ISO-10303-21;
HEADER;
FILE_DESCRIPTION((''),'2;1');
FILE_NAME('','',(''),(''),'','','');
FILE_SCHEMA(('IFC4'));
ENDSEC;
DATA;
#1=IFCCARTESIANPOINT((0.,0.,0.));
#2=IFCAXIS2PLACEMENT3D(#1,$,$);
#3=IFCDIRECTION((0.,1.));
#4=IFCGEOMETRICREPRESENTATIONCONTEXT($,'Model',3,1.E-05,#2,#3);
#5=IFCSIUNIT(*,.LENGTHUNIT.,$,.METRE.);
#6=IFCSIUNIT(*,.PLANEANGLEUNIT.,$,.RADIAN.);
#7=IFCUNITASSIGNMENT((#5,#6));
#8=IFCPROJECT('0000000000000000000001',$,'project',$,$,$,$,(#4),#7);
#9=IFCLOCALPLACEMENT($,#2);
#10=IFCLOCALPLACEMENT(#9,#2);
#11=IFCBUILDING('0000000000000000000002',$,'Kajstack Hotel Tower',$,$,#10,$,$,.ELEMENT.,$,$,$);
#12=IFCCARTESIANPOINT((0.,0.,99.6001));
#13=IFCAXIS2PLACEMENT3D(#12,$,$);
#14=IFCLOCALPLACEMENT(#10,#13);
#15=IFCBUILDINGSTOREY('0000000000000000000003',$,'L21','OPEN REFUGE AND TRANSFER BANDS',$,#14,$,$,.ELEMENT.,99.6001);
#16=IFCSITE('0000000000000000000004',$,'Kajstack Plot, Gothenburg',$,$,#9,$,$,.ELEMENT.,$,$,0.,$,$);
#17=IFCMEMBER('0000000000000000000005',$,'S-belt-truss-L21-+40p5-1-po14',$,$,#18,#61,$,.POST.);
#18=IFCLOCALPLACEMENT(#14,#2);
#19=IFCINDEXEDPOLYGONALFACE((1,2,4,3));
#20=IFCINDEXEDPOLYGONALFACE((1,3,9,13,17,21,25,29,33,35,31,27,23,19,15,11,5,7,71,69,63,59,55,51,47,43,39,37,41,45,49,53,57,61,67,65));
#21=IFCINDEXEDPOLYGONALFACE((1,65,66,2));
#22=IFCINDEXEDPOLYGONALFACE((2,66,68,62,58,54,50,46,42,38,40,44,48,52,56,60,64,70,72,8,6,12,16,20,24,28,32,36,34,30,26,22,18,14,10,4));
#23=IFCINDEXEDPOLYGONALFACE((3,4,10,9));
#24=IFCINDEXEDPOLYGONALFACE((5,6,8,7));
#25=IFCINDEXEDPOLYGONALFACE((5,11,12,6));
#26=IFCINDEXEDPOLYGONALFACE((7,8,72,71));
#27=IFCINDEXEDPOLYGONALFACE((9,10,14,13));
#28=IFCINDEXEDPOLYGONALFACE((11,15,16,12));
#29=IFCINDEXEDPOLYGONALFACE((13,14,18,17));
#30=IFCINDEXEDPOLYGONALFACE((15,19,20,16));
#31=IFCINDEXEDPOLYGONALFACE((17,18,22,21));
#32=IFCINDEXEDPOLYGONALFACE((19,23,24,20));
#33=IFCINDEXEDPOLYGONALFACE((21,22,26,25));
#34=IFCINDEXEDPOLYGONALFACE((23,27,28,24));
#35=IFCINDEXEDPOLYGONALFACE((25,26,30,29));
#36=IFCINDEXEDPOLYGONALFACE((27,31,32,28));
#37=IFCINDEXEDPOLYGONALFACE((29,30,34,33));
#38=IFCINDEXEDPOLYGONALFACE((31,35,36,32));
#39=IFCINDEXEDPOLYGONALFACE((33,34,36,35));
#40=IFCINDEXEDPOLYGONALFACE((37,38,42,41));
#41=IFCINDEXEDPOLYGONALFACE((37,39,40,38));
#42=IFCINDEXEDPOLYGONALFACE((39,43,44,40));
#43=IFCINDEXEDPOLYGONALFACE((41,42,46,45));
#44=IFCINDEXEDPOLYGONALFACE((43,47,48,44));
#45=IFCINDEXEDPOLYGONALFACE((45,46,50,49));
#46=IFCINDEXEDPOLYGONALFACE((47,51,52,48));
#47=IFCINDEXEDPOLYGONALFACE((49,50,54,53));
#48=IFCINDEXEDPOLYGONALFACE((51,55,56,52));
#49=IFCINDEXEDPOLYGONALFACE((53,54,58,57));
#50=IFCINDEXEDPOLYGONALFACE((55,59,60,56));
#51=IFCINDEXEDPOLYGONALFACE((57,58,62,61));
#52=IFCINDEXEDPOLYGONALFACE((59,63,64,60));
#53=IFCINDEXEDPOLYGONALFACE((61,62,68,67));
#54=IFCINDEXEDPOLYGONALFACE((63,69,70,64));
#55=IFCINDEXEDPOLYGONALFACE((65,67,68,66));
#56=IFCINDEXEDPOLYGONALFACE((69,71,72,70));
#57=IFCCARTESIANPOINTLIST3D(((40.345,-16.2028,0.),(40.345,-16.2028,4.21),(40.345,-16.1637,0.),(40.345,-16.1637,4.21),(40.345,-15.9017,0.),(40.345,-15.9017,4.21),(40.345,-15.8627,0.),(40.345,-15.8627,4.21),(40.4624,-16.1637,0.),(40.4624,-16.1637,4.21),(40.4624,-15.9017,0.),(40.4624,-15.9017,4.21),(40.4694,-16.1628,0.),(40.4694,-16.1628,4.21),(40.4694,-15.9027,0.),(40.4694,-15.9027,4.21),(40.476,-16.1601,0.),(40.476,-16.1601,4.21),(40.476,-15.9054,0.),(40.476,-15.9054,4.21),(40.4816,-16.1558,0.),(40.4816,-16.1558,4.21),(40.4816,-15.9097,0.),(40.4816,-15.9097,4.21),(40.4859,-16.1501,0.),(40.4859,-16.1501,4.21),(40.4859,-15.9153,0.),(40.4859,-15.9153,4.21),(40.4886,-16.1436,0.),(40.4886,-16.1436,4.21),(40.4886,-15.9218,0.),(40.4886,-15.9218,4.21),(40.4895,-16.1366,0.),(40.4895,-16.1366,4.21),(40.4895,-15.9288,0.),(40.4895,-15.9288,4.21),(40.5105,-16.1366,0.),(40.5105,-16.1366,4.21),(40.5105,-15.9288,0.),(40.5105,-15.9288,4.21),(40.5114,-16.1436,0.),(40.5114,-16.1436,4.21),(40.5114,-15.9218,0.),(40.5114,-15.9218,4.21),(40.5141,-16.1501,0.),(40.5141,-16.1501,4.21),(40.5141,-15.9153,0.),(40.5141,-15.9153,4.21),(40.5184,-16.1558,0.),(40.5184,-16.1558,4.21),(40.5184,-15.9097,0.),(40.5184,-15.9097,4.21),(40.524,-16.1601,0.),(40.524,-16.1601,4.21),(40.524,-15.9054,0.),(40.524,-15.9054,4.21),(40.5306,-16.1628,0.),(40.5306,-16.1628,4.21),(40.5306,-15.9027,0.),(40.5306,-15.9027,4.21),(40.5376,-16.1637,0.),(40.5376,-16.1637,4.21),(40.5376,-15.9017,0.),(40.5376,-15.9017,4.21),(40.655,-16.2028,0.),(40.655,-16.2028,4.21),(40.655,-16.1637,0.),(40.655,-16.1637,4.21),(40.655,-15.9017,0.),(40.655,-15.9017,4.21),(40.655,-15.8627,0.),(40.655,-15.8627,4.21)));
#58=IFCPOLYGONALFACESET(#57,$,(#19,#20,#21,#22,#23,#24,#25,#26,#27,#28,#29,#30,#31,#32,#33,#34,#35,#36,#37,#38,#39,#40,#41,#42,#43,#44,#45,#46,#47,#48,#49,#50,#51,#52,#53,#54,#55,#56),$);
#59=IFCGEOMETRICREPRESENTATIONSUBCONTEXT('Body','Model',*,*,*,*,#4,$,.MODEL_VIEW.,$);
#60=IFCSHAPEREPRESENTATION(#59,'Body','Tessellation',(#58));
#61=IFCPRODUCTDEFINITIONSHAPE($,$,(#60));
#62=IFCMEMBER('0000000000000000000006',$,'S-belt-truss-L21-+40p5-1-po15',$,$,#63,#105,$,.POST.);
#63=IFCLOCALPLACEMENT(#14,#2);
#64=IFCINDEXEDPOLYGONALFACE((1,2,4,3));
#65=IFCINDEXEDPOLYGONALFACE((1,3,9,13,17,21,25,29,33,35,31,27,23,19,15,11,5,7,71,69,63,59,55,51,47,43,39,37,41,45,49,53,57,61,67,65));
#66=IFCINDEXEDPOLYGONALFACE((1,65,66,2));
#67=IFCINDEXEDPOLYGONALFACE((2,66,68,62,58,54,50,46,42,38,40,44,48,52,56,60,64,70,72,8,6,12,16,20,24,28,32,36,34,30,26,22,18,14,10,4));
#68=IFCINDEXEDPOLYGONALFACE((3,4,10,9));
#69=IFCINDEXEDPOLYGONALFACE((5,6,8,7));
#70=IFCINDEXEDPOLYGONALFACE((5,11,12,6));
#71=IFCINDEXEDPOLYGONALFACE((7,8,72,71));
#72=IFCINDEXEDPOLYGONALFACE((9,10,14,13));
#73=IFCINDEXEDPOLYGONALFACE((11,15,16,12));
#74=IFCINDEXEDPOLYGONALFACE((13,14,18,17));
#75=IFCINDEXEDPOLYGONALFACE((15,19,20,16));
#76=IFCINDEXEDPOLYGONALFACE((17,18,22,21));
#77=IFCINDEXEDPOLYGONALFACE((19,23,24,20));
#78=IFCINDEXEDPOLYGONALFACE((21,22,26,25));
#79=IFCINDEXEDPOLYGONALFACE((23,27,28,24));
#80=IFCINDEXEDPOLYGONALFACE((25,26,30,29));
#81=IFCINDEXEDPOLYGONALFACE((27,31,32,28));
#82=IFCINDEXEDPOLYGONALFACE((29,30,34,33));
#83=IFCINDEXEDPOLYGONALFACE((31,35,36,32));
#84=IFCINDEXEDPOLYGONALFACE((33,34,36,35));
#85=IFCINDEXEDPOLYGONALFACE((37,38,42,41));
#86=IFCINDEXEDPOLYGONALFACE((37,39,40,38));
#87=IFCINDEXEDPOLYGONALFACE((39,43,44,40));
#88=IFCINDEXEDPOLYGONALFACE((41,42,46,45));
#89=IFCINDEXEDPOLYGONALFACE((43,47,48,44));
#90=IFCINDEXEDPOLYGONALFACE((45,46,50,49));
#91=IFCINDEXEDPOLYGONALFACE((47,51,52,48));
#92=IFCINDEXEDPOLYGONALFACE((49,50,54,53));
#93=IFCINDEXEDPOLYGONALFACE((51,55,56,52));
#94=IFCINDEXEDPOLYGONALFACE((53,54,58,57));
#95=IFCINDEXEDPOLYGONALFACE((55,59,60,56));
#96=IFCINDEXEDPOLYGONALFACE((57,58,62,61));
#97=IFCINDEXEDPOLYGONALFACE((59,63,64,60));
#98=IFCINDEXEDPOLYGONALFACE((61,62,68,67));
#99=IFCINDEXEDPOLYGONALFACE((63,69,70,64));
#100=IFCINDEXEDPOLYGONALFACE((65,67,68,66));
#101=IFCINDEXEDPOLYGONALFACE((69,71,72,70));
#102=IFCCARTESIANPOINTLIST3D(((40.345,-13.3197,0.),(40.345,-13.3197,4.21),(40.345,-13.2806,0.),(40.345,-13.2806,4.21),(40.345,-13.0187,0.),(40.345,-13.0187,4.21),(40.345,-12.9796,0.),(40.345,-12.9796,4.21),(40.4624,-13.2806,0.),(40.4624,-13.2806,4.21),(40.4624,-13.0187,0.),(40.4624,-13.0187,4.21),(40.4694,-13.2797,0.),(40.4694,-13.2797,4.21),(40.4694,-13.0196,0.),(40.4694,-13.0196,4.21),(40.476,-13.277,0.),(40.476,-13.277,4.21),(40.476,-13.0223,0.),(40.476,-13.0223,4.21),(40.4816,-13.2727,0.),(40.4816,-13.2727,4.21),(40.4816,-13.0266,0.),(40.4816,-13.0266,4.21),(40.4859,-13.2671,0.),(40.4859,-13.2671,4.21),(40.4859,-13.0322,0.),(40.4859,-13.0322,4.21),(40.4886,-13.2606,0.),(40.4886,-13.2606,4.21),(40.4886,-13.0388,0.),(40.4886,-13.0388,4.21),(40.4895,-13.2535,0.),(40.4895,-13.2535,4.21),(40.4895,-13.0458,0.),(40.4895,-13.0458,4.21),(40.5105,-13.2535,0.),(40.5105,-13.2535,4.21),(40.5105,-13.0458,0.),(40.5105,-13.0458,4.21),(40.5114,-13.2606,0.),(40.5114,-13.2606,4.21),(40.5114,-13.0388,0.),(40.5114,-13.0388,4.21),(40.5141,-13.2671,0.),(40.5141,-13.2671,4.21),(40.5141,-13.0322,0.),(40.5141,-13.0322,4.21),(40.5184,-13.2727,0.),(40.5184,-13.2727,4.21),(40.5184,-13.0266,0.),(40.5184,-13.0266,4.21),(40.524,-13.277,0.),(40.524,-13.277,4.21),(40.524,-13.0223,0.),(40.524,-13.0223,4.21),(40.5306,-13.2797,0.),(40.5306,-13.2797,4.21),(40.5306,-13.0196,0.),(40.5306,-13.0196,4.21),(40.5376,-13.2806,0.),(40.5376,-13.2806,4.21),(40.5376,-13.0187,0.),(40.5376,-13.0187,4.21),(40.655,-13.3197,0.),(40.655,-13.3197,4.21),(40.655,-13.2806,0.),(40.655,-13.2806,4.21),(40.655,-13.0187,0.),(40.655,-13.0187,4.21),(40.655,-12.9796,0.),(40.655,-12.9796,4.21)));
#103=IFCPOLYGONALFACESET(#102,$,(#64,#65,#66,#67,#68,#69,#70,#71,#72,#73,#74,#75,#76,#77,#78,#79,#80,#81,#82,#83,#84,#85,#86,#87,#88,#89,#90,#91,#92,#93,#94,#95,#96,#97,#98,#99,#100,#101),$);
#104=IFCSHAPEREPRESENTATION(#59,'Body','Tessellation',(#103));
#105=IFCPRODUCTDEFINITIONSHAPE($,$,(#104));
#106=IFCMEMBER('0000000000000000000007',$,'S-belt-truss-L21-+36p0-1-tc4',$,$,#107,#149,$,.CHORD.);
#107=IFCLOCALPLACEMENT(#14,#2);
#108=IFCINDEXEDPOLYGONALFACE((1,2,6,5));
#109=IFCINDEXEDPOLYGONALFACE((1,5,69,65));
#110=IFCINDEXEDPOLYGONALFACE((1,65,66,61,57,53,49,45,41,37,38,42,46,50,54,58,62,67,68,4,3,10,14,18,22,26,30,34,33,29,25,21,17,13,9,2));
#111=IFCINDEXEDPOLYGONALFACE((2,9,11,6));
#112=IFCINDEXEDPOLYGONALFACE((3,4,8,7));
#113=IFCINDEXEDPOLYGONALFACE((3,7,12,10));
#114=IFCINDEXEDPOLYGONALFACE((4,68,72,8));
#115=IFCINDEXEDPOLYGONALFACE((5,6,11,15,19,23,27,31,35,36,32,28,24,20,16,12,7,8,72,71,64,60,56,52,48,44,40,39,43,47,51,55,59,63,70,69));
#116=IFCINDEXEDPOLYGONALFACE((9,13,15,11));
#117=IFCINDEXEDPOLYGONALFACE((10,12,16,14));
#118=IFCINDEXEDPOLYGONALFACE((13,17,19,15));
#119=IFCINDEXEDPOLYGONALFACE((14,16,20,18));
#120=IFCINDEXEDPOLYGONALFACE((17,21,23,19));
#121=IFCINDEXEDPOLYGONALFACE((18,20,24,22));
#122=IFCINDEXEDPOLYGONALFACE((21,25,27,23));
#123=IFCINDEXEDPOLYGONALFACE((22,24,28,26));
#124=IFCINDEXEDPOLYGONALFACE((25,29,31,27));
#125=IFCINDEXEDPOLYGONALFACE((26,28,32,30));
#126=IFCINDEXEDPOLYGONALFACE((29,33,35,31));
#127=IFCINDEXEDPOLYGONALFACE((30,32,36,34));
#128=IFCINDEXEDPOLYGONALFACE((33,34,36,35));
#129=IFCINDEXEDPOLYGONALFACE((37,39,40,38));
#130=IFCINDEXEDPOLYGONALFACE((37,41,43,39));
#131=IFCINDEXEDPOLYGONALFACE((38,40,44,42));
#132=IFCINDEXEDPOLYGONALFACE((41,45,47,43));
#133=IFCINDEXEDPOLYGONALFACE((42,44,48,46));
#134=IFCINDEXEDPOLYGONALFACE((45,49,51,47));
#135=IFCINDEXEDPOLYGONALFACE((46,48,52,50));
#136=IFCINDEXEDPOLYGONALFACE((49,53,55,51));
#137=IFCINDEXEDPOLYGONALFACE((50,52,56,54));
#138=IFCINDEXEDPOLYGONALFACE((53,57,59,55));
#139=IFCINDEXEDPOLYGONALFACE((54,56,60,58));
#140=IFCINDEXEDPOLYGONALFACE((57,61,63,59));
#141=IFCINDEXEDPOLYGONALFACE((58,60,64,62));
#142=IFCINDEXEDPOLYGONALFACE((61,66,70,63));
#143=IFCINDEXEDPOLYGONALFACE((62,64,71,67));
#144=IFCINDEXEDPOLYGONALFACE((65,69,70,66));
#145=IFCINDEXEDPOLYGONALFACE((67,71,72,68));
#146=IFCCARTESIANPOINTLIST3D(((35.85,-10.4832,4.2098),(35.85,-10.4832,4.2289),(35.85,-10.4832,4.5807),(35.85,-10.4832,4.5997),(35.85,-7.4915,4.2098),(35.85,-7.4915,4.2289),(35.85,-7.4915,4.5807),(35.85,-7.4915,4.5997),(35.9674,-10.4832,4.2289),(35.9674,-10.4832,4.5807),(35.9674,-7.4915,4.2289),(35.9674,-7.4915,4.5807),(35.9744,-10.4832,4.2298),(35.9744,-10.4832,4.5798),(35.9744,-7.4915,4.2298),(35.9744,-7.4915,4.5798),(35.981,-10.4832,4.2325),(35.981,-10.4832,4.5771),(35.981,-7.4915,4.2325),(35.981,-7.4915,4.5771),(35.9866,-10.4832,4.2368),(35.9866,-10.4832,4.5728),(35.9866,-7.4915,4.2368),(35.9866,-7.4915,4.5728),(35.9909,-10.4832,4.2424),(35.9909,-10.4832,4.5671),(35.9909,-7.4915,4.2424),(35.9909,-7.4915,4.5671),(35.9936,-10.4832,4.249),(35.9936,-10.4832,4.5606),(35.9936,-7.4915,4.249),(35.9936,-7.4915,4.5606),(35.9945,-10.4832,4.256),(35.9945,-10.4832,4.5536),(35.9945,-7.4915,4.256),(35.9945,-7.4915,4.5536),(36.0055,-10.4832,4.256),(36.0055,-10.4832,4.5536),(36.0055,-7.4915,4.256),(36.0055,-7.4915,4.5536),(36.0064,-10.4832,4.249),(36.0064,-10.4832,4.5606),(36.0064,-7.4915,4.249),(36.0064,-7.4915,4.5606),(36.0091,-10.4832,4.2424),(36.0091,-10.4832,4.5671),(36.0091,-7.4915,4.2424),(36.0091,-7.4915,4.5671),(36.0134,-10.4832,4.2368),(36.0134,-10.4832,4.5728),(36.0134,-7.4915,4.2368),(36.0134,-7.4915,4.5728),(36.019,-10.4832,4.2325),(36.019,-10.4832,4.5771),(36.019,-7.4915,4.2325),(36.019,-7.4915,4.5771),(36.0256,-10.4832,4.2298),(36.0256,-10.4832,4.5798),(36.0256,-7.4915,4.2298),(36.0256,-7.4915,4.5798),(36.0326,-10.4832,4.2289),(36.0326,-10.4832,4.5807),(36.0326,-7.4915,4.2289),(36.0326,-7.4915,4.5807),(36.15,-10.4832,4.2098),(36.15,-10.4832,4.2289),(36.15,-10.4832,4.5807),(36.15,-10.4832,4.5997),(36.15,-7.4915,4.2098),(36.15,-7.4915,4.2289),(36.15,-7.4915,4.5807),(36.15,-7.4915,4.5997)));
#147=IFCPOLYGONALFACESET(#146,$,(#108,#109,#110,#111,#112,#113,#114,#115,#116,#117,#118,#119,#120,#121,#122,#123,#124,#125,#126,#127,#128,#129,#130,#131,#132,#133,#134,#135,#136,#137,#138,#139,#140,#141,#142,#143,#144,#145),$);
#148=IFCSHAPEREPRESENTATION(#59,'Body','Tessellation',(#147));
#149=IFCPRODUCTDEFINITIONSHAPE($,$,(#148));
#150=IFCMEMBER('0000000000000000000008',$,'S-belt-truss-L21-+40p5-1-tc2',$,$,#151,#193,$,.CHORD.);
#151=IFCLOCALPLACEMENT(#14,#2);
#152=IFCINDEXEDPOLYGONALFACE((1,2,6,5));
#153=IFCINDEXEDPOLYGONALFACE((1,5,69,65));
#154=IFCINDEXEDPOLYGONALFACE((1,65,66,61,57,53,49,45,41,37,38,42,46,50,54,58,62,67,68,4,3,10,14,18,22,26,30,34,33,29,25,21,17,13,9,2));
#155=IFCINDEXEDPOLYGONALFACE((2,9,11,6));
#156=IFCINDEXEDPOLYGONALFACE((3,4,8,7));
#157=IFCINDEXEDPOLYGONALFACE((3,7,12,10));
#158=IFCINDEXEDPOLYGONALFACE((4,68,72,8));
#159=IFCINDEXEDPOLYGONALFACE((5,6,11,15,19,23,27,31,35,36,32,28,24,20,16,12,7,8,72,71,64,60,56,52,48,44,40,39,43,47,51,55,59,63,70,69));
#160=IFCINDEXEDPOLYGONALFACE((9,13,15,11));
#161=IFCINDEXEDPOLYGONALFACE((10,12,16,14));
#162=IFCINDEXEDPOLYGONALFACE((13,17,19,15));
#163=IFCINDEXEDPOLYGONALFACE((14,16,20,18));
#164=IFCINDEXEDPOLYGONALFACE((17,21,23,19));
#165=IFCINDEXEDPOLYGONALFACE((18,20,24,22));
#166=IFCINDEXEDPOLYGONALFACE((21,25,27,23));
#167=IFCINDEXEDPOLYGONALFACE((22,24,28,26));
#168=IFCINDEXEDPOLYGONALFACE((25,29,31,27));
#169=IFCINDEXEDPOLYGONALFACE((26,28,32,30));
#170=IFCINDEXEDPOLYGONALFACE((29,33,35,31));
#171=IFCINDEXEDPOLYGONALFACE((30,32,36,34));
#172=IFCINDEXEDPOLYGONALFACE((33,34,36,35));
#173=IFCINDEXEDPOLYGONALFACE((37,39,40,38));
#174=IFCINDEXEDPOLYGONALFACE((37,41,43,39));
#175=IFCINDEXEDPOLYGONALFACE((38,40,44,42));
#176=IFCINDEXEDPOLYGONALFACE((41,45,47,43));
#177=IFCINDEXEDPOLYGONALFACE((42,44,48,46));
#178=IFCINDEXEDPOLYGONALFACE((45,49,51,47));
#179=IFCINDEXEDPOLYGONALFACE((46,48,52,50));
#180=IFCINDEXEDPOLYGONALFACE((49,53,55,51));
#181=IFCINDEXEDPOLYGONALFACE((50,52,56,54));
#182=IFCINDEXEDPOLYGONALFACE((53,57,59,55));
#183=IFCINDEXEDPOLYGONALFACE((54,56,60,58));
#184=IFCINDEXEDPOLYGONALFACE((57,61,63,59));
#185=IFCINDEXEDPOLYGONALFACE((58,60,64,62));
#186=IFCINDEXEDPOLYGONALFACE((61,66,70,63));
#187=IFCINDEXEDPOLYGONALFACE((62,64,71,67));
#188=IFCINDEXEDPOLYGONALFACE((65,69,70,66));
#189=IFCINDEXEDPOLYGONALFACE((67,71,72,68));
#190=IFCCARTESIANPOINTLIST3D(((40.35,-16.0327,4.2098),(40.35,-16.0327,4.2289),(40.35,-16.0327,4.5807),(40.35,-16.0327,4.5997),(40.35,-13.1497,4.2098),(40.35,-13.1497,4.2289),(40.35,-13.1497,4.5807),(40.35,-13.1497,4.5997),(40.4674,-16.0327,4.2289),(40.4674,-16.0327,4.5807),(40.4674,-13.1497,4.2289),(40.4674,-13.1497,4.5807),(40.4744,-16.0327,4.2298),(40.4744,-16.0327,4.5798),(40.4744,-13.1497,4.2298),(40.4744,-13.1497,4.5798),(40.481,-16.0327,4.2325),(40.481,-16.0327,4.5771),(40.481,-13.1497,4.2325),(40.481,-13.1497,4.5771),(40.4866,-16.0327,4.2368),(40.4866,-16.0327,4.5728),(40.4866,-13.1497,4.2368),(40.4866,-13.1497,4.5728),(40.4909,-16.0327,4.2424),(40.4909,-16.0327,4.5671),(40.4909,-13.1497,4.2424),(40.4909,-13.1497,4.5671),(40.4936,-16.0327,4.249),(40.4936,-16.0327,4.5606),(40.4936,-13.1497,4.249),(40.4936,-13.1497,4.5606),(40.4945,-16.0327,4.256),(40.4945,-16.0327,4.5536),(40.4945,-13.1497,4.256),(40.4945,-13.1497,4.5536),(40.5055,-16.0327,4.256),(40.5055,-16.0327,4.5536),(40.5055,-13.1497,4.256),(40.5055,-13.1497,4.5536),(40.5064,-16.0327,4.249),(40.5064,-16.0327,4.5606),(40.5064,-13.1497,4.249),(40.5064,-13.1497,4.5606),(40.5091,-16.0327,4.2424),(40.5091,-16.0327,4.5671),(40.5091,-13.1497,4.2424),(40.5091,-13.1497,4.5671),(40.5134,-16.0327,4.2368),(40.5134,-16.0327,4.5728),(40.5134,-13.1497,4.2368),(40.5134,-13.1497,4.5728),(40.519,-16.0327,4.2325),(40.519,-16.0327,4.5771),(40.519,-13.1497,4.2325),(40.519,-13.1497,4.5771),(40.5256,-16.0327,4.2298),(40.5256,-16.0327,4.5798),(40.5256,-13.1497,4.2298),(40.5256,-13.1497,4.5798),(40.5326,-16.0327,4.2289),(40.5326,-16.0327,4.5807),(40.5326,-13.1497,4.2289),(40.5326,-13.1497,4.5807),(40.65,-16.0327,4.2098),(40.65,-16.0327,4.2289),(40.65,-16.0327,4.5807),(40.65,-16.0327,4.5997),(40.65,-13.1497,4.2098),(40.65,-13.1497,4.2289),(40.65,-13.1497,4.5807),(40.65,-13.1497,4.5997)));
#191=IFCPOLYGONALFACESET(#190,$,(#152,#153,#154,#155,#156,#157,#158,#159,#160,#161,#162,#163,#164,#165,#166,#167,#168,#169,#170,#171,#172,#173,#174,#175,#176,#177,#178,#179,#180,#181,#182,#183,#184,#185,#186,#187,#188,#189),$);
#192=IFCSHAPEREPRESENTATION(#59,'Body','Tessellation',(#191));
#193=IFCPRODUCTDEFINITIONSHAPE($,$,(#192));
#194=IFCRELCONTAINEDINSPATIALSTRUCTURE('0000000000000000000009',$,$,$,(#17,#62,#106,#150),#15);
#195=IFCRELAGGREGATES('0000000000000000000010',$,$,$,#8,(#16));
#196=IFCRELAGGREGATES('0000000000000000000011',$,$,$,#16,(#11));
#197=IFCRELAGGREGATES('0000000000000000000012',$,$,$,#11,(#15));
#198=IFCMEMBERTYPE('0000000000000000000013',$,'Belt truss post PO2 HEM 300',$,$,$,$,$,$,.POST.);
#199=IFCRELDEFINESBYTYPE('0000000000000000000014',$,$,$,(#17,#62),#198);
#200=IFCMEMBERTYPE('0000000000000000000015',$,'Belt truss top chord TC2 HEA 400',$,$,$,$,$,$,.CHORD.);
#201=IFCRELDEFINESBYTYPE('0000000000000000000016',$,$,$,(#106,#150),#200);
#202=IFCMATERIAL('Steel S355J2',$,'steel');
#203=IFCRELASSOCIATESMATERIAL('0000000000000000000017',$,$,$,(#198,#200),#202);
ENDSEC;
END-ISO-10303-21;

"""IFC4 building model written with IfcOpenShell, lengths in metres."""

from ifc_helpers import new_model, si_unit, direction, frame, origin, origin_2d, place, context, subcontext, project, spatial, i_section, extrude, material, material_profile, profile_set, type_object, element, save


model = new_model("IFC4")

# Units and contexts
model_context = context("Model", 3, precision=1e-05, world=origin(), true_north=direction((0.0, 1.0)))
body_context = subcontext(model_context, "Body", "Model", "MODEL_VIEW")
ifc_project = project(units=[si_unit("LENGTHUNIT", "METRE"), si_unit("PLANEANGLEUNIT", "RADIAN")], contexts=[model_context])

# Site, building, storey
site_placement = place(None, origin())
site = spatial("IfcSite", under=ifc_project, at=site_placement, Name="Kajstack Plot, Gothenburg", CompositionType="ELEMENT", RefElevation=0.0)
building_placement = place(site_placement, origin())
building = spatial("IfcBuilding", under=site, at=building_placement, Name="Kajstack Hotel Tower", CompositionType="ELEMENT")
storey_placement = place(building_placement, frame((0.0, 0.0, 99.6001)))
storey = spatial("IfcBuildingStorey", under=building, at=storey_placement, Name="L21", Description="OPEN REFUGE AND TRANSFER BANDS", CompositionType="ELEMENT", Elevation=99.6001)

# Members
ifc_material = material(Name="Steel S355J2", Category="steel")
ifc_material_profile_1 = material_profile(ifc_material, i_section(OverallWidth=0.3101, OverallDepth=0.3401, WebThickness=0.021, FlangeThickness=0.0391, FilletRadius=0.0271, at=origin_2d()), Name="HEM 300")
ifc_profile_set_1 = profile_set([ifc_material_profile_1], Name="Steel S355J2")
member_type_1 = type_object("IfcMemberType", Name="Belt truss post PO2 HEM 300", PredefinedType="POST", material=ifc_profile_set_1)
for number, where, z_axis, x_axis, name in (
    (1, (40.5, -16.0327, 0.0), (0.0, 0.0, 1.0), (1.0, 0.0, 0.0), "S-belt-truss-L21-+40p5-1-po14"),
    (2, (40.5, -13.1497, 0.0), (0.0, 0.0, 1.0), (1.0, 0.0, 0.0), "S-belt-truss-L21-+40p5-1-po15"),
):
    element("IfcMember", number, at=place(storey_placement, frame(where, z_axis=z_axis, x_axis=x_axis)), inside=storey, type_object=member_type_1, Name=name, PredefinedType="POST", context=body_context, shape_type="SweptSolid", body=[
        extrude(i_section(OverallWidth=0.3101, OverallDepth=0.3401, WebThickness=0.021, FlangeThickness=0.0391, FilletRadius=0.0271, at=origin_2d()), origin(), (0.0, 0.0, 1.0), 4.21),
    ])
ifc_material_profile_2 = material_profile(ifc_material, i_section(OverallWidth=0.3, OverallDepth=0.3899, WebThickness=0.011, FlangeThickness=0.019, FilletRadius=0.0271, at=origin_2d()), Name="HEA 400")
ifc_profile_set_2 = profile_set([ifc_material_profile_2], Name="Steel S355J2")
member_type_2 = type_object("IfcMemberType", Name="Belt truss top chord TC2 HEA 400", PredefinedType="CHORD", material=ifc_profile_set_2)
member_1_placement = place(storey_placement, frame((36.0, -10.4832, 4.4048), z_axis=(0.0, 1.0, 0.0), x_axis=(-1.0, 0.0, 0.0)))
element("IfcMember", 3, at=member_1_placement, inside=storey, type_object=member_type_2, Name="S-belt-truss-L21-+36p0-1-tc4", PredefinedType="CHORD", context=body_context, shape_type="SweptSolid", body=[
    extrude(i_section(OverallWidth=0.3, OverallDepth=0.3899, WebThickness=0.011, FlangeThickness=0.019, FilletRadius=0.0271, at=origin_2d()), origin(), (0.0, 0.0, 1.0), 2.9917),
])
member_2_placement = place(storey_placement, frame((40.5, -16.0327, 4.4048), z_axis=(0.0, 1.0, 0.0), x_axis=(-1.0, 0.0, 0.0)))
element("IfcMember", 4, at=member_2_placement, inside=storey, type_object=member_type_2, Name="S-belt-truss-L21-+40p5-1-tc2", PredefinedType="CHORD", context=body_context, shape_type="SweptSolid", body=[
    extrude(i_section(OverallWidth=0.3, OverallDepth=0.3899, WebThickness=0.011, FlangeThickness=0.019, FilletRadius=0.0271, at=origin_2d()), origin(), (0.0, 0.0, 1.0), 2.8831),
])

save(model, "model.ifc")
